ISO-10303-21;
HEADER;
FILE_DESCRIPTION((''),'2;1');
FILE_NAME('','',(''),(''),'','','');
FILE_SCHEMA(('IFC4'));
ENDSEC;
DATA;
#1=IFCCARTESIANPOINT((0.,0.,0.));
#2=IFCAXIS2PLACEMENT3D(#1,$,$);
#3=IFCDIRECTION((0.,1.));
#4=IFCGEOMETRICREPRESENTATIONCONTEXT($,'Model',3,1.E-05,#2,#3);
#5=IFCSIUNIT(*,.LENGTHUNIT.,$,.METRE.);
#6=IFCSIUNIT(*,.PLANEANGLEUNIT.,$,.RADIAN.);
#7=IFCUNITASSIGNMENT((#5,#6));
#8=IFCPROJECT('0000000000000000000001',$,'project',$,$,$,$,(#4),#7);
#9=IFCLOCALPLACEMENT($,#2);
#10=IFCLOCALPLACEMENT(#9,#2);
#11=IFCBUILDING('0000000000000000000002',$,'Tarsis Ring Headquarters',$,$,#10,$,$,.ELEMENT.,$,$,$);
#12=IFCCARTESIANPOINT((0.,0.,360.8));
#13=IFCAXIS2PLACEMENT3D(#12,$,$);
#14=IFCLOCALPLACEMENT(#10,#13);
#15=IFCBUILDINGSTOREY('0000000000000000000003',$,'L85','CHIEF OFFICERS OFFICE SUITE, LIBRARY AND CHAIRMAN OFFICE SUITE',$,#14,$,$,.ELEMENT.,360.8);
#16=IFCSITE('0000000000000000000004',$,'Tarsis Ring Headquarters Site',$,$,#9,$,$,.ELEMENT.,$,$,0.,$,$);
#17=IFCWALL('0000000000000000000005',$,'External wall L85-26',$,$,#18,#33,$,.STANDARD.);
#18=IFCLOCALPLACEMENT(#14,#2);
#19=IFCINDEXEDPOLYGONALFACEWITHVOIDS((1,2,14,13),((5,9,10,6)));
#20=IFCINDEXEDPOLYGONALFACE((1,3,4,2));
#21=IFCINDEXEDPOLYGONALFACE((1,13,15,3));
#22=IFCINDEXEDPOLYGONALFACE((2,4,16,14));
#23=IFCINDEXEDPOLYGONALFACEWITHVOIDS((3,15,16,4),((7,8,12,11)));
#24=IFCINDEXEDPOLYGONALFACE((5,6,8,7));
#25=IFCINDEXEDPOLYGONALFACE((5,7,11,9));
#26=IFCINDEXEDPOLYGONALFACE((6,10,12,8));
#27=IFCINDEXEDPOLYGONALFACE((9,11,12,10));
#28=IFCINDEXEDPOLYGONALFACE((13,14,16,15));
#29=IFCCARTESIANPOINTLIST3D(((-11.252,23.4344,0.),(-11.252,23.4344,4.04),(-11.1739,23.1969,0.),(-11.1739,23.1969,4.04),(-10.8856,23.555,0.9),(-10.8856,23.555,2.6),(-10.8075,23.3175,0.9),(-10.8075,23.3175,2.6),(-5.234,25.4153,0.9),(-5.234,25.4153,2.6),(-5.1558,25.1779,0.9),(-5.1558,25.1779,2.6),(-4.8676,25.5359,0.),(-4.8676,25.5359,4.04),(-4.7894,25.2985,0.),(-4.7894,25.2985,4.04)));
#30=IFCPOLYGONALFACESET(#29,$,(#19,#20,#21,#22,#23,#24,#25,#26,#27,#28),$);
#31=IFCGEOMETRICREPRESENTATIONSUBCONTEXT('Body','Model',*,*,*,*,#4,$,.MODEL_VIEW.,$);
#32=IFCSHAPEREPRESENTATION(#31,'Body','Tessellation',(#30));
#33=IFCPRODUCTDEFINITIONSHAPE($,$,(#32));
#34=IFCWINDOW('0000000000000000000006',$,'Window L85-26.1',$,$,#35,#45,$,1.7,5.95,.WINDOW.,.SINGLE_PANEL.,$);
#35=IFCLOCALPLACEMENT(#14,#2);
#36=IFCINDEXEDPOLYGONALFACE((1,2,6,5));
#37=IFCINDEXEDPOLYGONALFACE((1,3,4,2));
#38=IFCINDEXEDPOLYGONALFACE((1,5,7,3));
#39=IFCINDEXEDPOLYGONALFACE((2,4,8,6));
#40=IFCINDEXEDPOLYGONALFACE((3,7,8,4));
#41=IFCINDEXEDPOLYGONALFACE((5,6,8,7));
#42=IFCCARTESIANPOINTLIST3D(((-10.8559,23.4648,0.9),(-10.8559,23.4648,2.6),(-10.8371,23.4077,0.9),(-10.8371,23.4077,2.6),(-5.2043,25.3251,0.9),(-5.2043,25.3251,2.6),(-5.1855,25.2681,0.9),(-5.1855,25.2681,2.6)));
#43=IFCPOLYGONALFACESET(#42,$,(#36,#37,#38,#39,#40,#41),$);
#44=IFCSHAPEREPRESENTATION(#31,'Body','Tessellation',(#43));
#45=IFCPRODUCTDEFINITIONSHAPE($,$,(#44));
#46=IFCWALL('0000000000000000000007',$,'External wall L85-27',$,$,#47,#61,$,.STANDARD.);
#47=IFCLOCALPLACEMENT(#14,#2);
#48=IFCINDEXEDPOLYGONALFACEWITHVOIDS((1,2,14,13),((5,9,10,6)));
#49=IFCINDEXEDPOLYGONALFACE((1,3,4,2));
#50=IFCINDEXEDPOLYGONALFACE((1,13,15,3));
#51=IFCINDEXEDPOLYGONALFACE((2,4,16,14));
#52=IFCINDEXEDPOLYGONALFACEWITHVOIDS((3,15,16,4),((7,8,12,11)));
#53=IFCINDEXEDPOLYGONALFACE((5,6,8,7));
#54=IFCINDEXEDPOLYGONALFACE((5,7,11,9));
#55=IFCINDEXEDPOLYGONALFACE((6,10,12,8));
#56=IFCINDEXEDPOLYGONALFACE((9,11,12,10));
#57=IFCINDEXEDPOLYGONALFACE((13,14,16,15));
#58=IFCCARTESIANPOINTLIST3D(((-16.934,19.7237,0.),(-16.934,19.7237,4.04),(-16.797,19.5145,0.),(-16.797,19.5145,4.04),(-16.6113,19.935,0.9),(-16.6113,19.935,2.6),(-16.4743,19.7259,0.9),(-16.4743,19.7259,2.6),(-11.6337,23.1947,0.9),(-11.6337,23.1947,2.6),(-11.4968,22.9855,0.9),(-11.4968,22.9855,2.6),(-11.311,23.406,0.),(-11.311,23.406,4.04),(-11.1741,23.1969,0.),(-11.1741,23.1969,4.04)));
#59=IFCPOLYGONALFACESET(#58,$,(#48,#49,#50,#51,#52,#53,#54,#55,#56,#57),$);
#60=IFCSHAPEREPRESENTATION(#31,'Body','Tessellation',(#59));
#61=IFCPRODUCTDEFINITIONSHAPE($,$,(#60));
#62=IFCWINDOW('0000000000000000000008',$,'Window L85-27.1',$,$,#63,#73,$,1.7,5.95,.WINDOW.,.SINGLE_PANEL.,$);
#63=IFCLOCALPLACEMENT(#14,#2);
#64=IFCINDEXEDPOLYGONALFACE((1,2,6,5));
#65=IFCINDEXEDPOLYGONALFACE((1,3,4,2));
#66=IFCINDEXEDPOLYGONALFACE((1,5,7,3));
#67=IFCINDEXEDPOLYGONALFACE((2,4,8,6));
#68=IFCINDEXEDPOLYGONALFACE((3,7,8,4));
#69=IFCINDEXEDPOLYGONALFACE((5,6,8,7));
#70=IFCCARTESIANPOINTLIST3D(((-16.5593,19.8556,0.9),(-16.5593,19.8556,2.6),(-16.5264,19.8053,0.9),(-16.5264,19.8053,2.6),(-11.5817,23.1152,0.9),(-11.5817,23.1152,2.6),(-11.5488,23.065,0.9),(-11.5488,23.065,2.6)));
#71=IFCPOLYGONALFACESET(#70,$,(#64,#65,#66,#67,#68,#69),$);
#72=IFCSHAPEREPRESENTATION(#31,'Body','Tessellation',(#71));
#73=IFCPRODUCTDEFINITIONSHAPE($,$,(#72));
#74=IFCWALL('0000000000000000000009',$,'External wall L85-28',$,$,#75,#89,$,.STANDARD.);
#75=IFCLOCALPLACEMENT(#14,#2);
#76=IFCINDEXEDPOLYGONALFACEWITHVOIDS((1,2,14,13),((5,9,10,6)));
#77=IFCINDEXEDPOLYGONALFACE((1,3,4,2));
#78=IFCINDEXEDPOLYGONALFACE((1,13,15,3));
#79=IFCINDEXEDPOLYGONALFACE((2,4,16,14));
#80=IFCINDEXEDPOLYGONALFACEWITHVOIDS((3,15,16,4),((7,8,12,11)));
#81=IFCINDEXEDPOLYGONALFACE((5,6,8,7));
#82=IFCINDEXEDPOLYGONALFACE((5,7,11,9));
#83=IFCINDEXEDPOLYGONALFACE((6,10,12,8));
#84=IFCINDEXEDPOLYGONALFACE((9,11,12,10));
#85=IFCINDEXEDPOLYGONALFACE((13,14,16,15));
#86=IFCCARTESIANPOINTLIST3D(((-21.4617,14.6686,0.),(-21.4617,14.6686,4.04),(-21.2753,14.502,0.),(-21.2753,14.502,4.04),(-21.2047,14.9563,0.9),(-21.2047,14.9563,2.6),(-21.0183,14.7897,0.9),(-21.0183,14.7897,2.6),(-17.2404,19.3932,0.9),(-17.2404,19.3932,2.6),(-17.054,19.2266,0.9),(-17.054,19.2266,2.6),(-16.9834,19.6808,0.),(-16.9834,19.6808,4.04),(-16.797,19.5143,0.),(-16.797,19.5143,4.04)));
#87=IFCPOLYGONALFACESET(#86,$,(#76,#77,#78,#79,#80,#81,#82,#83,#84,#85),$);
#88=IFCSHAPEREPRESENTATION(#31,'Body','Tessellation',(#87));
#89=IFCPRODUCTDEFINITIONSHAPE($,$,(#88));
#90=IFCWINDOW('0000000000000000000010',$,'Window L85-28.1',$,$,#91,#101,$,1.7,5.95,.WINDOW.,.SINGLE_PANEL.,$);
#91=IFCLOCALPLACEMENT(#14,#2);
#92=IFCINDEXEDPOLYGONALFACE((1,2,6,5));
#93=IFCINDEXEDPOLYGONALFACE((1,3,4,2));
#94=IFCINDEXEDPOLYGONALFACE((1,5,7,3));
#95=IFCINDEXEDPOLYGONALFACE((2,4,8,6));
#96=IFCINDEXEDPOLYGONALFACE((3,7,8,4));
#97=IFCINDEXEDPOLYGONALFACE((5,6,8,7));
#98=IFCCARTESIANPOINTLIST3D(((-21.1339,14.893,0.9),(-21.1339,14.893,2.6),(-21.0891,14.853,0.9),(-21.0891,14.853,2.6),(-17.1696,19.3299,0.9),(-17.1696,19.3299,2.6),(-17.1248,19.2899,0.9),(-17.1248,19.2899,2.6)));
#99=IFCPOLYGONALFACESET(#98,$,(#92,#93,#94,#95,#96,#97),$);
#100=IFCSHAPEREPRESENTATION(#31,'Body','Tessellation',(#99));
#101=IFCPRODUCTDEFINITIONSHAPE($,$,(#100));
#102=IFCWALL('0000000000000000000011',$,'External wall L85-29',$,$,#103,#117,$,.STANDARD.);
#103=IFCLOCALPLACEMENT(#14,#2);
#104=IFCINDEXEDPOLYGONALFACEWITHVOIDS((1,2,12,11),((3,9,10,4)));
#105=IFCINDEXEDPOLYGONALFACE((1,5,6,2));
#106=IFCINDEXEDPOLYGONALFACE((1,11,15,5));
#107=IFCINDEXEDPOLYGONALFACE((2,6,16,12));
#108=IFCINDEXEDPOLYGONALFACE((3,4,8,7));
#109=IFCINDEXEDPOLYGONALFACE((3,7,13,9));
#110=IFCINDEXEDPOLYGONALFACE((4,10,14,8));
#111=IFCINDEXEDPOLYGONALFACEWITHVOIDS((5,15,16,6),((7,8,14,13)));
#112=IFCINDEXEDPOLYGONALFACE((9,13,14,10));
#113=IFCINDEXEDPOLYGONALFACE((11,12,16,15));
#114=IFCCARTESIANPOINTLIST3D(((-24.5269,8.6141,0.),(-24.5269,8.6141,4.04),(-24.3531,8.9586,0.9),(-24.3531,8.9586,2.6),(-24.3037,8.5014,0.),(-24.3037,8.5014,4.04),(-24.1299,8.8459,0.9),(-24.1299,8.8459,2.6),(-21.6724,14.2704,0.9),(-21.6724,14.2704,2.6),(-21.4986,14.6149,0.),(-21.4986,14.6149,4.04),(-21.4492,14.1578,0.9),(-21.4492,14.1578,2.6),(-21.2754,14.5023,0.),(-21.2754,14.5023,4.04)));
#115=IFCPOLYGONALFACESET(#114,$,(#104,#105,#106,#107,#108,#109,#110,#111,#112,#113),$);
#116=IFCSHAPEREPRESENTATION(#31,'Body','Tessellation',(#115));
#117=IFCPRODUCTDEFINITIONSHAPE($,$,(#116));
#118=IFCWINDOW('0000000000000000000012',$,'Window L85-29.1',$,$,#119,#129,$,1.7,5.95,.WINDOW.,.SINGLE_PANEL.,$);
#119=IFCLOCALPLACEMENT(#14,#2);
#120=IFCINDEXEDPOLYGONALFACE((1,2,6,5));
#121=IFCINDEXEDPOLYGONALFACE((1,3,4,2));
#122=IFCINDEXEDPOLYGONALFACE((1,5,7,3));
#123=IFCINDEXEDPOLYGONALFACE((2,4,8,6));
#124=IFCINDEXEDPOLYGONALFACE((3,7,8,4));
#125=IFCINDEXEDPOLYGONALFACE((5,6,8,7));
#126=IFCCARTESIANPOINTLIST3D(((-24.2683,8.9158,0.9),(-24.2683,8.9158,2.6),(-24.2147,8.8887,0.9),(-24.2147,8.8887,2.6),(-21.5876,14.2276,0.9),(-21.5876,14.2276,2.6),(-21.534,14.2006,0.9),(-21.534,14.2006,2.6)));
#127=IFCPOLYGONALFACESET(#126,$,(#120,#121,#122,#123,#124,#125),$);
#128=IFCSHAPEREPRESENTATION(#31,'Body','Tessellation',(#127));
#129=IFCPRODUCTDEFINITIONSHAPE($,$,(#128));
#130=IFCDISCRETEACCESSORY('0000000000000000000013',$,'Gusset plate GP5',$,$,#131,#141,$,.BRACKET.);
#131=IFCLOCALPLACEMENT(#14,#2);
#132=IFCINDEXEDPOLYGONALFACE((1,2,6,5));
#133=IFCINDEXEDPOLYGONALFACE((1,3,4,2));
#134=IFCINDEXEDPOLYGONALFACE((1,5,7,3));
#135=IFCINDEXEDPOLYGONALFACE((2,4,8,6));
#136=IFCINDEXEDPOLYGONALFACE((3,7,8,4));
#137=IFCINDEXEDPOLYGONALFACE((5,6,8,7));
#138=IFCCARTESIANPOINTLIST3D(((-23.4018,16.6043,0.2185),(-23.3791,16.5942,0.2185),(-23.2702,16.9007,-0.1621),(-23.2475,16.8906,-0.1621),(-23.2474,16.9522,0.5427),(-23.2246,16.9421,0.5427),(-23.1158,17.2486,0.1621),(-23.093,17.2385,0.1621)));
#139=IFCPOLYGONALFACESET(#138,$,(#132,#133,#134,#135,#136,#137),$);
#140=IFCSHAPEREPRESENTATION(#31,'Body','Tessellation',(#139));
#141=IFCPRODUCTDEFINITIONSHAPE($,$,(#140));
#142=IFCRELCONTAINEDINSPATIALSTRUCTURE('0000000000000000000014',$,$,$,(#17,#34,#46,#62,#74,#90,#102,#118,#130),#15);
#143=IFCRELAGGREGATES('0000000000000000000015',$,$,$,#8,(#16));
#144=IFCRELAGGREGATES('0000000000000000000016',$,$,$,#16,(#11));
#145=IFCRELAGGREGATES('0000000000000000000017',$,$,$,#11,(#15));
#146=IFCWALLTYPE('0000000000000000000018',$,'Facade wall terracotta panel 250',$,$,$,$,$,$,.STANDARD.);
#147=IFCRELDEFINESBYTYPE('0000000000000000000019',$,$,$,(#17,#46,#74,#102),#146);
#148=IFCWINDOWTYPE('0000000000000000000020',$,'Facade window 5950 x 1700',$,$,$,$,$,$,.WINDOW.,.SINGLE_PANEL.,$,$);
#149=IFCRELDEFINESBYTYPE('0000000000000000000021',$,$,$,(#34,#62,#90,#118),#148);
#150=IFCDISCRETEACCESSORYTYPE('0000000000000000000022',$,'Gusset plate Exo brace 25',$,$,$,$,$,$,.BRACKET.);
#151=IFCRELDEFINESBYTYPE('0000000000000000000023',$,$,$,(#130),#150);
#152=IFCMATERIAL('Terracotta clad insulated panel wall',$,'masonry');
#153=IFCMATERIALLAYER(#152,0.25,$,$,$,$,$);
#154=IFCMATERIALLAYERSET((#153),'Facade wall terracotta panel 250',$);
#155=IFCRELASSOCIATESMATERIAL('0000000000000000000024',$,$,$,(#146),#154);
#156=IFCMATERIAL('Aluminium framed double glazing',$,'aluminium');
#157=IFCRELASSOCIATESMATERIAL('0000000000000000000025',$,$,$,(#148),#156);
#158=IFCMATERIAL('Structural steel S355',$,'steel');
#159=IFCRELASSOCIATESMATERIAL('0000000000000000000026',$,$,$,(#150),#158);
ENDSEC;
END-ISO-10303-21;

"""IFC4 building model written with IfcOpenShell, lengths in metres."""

from ifc_helpers import new_model, si_unit, direction, frame, frame_2d, origin, origin_2d, place, context, subcontext, project, spatial, rectangle, extrude, material, layer, layer_set, material_profile, profile_set, type_object, element, fill, save


model = new_model("IFC4")

# Units and contexts
model_context = context("Model", 3, precision=1e-05, world=origin(), true_north=direction((0.0, 1.0)))
body_context = subcontext(model_context, "Body", "Model", "MODEL_VIEW")
ifc_project = project(units=[si_unit("LENGTHUNIT", "METRE"), si_unit("PLANEANGLEUNIT", "RADIAN")], contexts=[model_context])

# Site, building, storey
site_placement = place(None, origin())
site = spatial("IfcSite", under=ifc_project, at=site_placement, Name="Tarsis Ring Headquarters Site", CompositionType="ELEMENT", RefElevation=0.0)
building_placement = place(site_placement, origin())
building = spatial("IfcBuilding", under=site, at=building_placement, Name="Tarsis Ring Headquarters", CompositionType="ELEMENT")
storey_placement = place(building_placement, frame((0.0, 0.0, 360.8)))
storey = spatial("IfcBuildingStorey", under=building, at=storey_placement, Name="L85", Description="CHIEF OFFICERS OFFICE SUITE, LIBRARY AND CHAIRMAN OFFICE SUITE", CompositionType="ELEMENT", Elevation=360.8)

# Shared definitions
ifc_material_1 = material(Name="Structural steel S355", Category="steel")

# Walls, openings, windows
ifc_material_2 = material(Name="Terracotta clad insulated panel wall", Category="masonry")
ifc_layer_1 = layer(ifc_material_2, 0.25)
ifc_layer_set_1 = layer_set([ifc_layer_1], Name="Facade wall terracotta panel 250")
wall_type_1 = type_object("IfcWallType", Name="Facade wall terracotta panel 250", PredefinedType="STANDARD", material=ifc_layer_set_1)
wall_1_placement = place(storey_placement, frame((-4.8284, 25.4172, 0.0), z_axis=(0.0, 0.0, 1.0), x_axis=(-0.949864, -0.312662, 0.0)))
wall_1 = element("IfcWall", 1, at=wall_1_placement, inside=storey, type_object=wall_type_1, Name="External wall L85-26", PredefinedType="STANDARD", context=body_context, shape_type="SweptSolid", body=[
    extrude(rectangle(XDim=6.7214, YDim=0.25, at=frame_2d((3.3608, 0.0))), origin(), (0.0, 0.0, 1.0), 4.04),
])
opening_1_placement = place(wall_1_placement, frame((0.3857, 0.0, 0.8999)))
opening_1 = element("IfcOpeningElement", 2, at=opening_1_placement, cuts=wall_1, PredefinedType="OPENING", context=body_context, shape_type="SweptSolid", body=[
    extrude(rectangle(XDim=5.95, YDim=1.7, at=frame_2d((2.9751, 0.8501))), frame((0.0, 0.135, 0.0), z_axis=(0.0, -1.0, 0.0), x_axis=(1.0, 0.0, 0.0)), (0.0, 0.0, 1.0), 0.27),
])
ifc_material_3 = material(Name="Aluminium framed double glazing", Category="aluminium")
window_type = type_object("IfcWindowType", Name="Facade window 5950 x 1700", PartitioningType="SINGLE_PANEL", PredefinedType="WINDOW", material=ifc_material_3)
window_1_placement = place(opening_1_placement, origin())
window_1 = element("IfcWindow", 3, at=window_1_placement, inside=storey, type_object=window_type, Name="Window L85-26.1", OverallHeight=1.7, OverallWidth=5.95, PartitioningType="SINGLE_PANEL", PredefinedType="WINDOW", context=body_context, shape_type="SweptSolid", body=[
    extrude(rectangle(XDim=5.95, YDim=1.7, at=frame_2d((2.9751, 0.8501))), frame((0.0, 0.03, 0.0), z_axis=(0.0, -1.0, 0.0), x_axis=(1.0, 0.0, 0.0)), (0.0, 0.0, 1.0), 0.0601),
])
fill(opening_1, window_1)
wall_2_placement = place(storey_placement, frame((-11.2424, 23.3015, 0.0), z_axis=(0.0, 0.0, 1.0), x_axis=(-0.836577, -0.54785, 0.0)))
wall_2 = element("IfcWall", 4, at=wall_2_placement, inside=storey, type_object=wall_type_1, Name="External wall L85-27", PredefinedType="STANDARD", context=body_context, shape_type="SweptSolid", body=[
    extrude(rectangle(XDim=6.7214, YDim=0.25, at=frame_2d((3.3608, 0.0))), origin(), (0.0, 0.0, 1.0), 4.04),
])
opening_2_placement = place(wall_2_placement, frame((0.3857, 0.0, 0.8999)))
opening_2 = element("IfcOpeningElement", 5, at=opening_2_placement, cuts=wall_2, PredefinedType="OPENING", context=body_context, shape_type="SweptSolid", body=[
    extrude(rectangle(XDim=5.95, YDim=1.7, at=frame_2d((2.9751, 0.8501))), frame((0.0, 0.135, 0.0), z_axis=(0.0, -1.0, 0.0), x_axis=(1.0, 0.0, 0.0)), (0.0, 0.0, 1.0), 0.27),
])
window_2_placement = place(opening_2_placement, origin())
window_2 = element("IfcWindow", 6, at=window_2_placement, inside=storey, type_object=window_type, Name="Window L85-27.1", OverallHeight=1.7, OverallWidth=5.95, PartitioningType="SINGLE_PANEL", PredefinedType="WINDOW", context=body_context, shape_type="SweptSolid", body=[
    extrude(rectangle(XDim=5.95, YDim=1.7, at=frame_2d((2.9751, 0.8501))), frame((0.0, 0.03, 0.0), z_axis=(0.0, -1.0, 0.0), x_axis=(1.0, 0.0, 0.0)), (0.0, 0.0, 1.0), 0.0601),
])
fill(opening_2, window_2)
wall_3_placement = place(storey_placement, frame((-16.8901, 19.5977, 0.0), z_axis=(0.0, 0.0, 1.0), x_axis=(-0.666271, -0.745709, 0.0)))
wall_3 = element("IfcWall", 7, at=wall_3_placement, inside=storey, type_object=wall_type_1, Name="External wall L85-28", PredefinedType="STANDARD", context=body_context, shape_type="SweptSolid", body=[
    extrude(rectangle(XDim=6.7214, YDim=0.25, at=frame_2d((3.3608, 0.0))), origin(), (0.0, 0.0, 1.0), 4.04),
])
opening_3_placement = place(wall_3_placement, frame((0.3857, 0.0, 0.8999)))
opening_3 = element("IfcOpeningElement", 8, at=opening_3_placement, cuts=wall_3, PredefinedType="OPENING", context=body_context, shape_type="SweptSolid", body=[
    extrude(rectangle(XDim=5.95, YDim=1.7, at=frame_2d((2.9751, 0.8501))), frame((0.0, 0.135, 0.0), z_axis=(0.0, -1.0, 0.0), x_axis=(1.0, 0.0, 0.0)), (0.0, 0.0, 1.0), 0.27),
])
window_3_placement = place(opening_3_placement, origin())
window_3 = element("IfcWindow", 9, at=window_3_placement, inside=storey, type_object=window_type, Name="Window L85-28.1", OverallHeight=1.7, OverallWidth=5.95, PartitioningType="SINGLE_PANEL", PredefinedType="WINDOW", context=body_context, shape_type="SweptSolid", body=[
    extrude(rectangle(XDim=5.95, YDim=1.7, at=frame_2d((2.9751, 0.8501))), frame((0.0, 0.03, 0.0), z_axis=(0.0, -1.0, 0.0), x_axis=(1.0, 0.0, 0.0)), (0.0, 0.0, 1.0), 0.0601),
])
fill(opening_3, window_3)
wall_4_placement = place(storey_placement, frame((-21.387, 14.5586, 0.0), z_axis=(0.0, 0.0, 1.0), x_axis=(-0.450538, -0.892757, 0.0)))
wall_4 = element("IfcWall", 10, at=wall_4_placement, inside=storey, type_object=wall_type_1, Name="External wall L85-29", PredefinedType="STANDARD", context=body_context, shape_type="SweptSolid", body=[
    extrude(rectangle(XDim=6.7217, YDim=0.25, at=frame_2d((3.3608, 0.0))), origin(), (0.0, 0.0, 1.0), 4.04),
])
opening_4_placement = place(wall_4_placement, frame((0.3857, 0.0, 0.8999)))
opening_4 = element("IfcOpeningElement", 11, at=opening_4_placement, cuts=wall_4, PredefinedType="OPENING", context=body_context, shape_type="SweptSolid", body=[
    extrude(rectangle(XDim=5.95, YDim=1.7, at=frame_2d((2.9751, 0.8501))), frame((0.0, 0.135, 0.0), z_axis=(0.0, -1.0, 0.0), x_axis=(1.0, 0.0, 0.0)), (0.0, 0.0, 1.0), 0.27),
])
window_4_placement = place(opening_4_placement, origin())
window_4 = element("IfcWindow", 12, at=window_4_placement, inside=storey, type_object=window_type, Name="Window L85-29.1", OverallHeight=1.7, OverallWidth=5.95, PartitioningType="SINGLE_PANEL", PredefinedType="WINDOW", context=body_context, shape_type="SweptSolid", body=[
    extrude(rectangle(XDim=5.95, YDim=1.7, at=frame_2d((2.9751, 0.8501))), frame((0.0, 0.03, 0.0), z_axis=(0.0, -1.0, 0.0), x_axis=(1.0, 0.0, 0.0)), (0.0, 0.0, 1.0), 0.0601),
])
fill(opening_4, window_4)

# Discrete accessory
ifc_material_profile_1 = material_profile(ifc_material_1, rectangle(XDim=0.0249, YDim=0.5, at=origin_2d()), Name="PL 25x500")
ifc_profile_set_1 = profile_set([ifc_material_profile_1], Name="Structural steel S355")
discrete_accessory_type = type_object("IfcDiscreteAccessoryType", Name="Gusset plate Exo brace 25", PredefinedType="BRACKET", material=ifc_profile_set_1)
discrete_accessory_placement = place(storey_placement, frame((-23.1816, 17.0696, 0.0), z_axis=(-0.263168, -0.592739, 0.761186), x_axis=(0.913967, -0.405789, 0.0)))
element("IfcDiscreteAccessory", 13, at=discrete_accessory_placement, inside=storey, type_object=discrete_accessory_type, Name="Gusset plate GP5", PredefinedType="BRACKET", context=body_context, shape_type="SweptSolid", body=[
    extrude(rectangle(XDim=0.0249, YDim=0.5, at=origin_2d()), origin(), (0.0, 0.0, 1.0), 0.5),
])

save(model, "model.ifc")
